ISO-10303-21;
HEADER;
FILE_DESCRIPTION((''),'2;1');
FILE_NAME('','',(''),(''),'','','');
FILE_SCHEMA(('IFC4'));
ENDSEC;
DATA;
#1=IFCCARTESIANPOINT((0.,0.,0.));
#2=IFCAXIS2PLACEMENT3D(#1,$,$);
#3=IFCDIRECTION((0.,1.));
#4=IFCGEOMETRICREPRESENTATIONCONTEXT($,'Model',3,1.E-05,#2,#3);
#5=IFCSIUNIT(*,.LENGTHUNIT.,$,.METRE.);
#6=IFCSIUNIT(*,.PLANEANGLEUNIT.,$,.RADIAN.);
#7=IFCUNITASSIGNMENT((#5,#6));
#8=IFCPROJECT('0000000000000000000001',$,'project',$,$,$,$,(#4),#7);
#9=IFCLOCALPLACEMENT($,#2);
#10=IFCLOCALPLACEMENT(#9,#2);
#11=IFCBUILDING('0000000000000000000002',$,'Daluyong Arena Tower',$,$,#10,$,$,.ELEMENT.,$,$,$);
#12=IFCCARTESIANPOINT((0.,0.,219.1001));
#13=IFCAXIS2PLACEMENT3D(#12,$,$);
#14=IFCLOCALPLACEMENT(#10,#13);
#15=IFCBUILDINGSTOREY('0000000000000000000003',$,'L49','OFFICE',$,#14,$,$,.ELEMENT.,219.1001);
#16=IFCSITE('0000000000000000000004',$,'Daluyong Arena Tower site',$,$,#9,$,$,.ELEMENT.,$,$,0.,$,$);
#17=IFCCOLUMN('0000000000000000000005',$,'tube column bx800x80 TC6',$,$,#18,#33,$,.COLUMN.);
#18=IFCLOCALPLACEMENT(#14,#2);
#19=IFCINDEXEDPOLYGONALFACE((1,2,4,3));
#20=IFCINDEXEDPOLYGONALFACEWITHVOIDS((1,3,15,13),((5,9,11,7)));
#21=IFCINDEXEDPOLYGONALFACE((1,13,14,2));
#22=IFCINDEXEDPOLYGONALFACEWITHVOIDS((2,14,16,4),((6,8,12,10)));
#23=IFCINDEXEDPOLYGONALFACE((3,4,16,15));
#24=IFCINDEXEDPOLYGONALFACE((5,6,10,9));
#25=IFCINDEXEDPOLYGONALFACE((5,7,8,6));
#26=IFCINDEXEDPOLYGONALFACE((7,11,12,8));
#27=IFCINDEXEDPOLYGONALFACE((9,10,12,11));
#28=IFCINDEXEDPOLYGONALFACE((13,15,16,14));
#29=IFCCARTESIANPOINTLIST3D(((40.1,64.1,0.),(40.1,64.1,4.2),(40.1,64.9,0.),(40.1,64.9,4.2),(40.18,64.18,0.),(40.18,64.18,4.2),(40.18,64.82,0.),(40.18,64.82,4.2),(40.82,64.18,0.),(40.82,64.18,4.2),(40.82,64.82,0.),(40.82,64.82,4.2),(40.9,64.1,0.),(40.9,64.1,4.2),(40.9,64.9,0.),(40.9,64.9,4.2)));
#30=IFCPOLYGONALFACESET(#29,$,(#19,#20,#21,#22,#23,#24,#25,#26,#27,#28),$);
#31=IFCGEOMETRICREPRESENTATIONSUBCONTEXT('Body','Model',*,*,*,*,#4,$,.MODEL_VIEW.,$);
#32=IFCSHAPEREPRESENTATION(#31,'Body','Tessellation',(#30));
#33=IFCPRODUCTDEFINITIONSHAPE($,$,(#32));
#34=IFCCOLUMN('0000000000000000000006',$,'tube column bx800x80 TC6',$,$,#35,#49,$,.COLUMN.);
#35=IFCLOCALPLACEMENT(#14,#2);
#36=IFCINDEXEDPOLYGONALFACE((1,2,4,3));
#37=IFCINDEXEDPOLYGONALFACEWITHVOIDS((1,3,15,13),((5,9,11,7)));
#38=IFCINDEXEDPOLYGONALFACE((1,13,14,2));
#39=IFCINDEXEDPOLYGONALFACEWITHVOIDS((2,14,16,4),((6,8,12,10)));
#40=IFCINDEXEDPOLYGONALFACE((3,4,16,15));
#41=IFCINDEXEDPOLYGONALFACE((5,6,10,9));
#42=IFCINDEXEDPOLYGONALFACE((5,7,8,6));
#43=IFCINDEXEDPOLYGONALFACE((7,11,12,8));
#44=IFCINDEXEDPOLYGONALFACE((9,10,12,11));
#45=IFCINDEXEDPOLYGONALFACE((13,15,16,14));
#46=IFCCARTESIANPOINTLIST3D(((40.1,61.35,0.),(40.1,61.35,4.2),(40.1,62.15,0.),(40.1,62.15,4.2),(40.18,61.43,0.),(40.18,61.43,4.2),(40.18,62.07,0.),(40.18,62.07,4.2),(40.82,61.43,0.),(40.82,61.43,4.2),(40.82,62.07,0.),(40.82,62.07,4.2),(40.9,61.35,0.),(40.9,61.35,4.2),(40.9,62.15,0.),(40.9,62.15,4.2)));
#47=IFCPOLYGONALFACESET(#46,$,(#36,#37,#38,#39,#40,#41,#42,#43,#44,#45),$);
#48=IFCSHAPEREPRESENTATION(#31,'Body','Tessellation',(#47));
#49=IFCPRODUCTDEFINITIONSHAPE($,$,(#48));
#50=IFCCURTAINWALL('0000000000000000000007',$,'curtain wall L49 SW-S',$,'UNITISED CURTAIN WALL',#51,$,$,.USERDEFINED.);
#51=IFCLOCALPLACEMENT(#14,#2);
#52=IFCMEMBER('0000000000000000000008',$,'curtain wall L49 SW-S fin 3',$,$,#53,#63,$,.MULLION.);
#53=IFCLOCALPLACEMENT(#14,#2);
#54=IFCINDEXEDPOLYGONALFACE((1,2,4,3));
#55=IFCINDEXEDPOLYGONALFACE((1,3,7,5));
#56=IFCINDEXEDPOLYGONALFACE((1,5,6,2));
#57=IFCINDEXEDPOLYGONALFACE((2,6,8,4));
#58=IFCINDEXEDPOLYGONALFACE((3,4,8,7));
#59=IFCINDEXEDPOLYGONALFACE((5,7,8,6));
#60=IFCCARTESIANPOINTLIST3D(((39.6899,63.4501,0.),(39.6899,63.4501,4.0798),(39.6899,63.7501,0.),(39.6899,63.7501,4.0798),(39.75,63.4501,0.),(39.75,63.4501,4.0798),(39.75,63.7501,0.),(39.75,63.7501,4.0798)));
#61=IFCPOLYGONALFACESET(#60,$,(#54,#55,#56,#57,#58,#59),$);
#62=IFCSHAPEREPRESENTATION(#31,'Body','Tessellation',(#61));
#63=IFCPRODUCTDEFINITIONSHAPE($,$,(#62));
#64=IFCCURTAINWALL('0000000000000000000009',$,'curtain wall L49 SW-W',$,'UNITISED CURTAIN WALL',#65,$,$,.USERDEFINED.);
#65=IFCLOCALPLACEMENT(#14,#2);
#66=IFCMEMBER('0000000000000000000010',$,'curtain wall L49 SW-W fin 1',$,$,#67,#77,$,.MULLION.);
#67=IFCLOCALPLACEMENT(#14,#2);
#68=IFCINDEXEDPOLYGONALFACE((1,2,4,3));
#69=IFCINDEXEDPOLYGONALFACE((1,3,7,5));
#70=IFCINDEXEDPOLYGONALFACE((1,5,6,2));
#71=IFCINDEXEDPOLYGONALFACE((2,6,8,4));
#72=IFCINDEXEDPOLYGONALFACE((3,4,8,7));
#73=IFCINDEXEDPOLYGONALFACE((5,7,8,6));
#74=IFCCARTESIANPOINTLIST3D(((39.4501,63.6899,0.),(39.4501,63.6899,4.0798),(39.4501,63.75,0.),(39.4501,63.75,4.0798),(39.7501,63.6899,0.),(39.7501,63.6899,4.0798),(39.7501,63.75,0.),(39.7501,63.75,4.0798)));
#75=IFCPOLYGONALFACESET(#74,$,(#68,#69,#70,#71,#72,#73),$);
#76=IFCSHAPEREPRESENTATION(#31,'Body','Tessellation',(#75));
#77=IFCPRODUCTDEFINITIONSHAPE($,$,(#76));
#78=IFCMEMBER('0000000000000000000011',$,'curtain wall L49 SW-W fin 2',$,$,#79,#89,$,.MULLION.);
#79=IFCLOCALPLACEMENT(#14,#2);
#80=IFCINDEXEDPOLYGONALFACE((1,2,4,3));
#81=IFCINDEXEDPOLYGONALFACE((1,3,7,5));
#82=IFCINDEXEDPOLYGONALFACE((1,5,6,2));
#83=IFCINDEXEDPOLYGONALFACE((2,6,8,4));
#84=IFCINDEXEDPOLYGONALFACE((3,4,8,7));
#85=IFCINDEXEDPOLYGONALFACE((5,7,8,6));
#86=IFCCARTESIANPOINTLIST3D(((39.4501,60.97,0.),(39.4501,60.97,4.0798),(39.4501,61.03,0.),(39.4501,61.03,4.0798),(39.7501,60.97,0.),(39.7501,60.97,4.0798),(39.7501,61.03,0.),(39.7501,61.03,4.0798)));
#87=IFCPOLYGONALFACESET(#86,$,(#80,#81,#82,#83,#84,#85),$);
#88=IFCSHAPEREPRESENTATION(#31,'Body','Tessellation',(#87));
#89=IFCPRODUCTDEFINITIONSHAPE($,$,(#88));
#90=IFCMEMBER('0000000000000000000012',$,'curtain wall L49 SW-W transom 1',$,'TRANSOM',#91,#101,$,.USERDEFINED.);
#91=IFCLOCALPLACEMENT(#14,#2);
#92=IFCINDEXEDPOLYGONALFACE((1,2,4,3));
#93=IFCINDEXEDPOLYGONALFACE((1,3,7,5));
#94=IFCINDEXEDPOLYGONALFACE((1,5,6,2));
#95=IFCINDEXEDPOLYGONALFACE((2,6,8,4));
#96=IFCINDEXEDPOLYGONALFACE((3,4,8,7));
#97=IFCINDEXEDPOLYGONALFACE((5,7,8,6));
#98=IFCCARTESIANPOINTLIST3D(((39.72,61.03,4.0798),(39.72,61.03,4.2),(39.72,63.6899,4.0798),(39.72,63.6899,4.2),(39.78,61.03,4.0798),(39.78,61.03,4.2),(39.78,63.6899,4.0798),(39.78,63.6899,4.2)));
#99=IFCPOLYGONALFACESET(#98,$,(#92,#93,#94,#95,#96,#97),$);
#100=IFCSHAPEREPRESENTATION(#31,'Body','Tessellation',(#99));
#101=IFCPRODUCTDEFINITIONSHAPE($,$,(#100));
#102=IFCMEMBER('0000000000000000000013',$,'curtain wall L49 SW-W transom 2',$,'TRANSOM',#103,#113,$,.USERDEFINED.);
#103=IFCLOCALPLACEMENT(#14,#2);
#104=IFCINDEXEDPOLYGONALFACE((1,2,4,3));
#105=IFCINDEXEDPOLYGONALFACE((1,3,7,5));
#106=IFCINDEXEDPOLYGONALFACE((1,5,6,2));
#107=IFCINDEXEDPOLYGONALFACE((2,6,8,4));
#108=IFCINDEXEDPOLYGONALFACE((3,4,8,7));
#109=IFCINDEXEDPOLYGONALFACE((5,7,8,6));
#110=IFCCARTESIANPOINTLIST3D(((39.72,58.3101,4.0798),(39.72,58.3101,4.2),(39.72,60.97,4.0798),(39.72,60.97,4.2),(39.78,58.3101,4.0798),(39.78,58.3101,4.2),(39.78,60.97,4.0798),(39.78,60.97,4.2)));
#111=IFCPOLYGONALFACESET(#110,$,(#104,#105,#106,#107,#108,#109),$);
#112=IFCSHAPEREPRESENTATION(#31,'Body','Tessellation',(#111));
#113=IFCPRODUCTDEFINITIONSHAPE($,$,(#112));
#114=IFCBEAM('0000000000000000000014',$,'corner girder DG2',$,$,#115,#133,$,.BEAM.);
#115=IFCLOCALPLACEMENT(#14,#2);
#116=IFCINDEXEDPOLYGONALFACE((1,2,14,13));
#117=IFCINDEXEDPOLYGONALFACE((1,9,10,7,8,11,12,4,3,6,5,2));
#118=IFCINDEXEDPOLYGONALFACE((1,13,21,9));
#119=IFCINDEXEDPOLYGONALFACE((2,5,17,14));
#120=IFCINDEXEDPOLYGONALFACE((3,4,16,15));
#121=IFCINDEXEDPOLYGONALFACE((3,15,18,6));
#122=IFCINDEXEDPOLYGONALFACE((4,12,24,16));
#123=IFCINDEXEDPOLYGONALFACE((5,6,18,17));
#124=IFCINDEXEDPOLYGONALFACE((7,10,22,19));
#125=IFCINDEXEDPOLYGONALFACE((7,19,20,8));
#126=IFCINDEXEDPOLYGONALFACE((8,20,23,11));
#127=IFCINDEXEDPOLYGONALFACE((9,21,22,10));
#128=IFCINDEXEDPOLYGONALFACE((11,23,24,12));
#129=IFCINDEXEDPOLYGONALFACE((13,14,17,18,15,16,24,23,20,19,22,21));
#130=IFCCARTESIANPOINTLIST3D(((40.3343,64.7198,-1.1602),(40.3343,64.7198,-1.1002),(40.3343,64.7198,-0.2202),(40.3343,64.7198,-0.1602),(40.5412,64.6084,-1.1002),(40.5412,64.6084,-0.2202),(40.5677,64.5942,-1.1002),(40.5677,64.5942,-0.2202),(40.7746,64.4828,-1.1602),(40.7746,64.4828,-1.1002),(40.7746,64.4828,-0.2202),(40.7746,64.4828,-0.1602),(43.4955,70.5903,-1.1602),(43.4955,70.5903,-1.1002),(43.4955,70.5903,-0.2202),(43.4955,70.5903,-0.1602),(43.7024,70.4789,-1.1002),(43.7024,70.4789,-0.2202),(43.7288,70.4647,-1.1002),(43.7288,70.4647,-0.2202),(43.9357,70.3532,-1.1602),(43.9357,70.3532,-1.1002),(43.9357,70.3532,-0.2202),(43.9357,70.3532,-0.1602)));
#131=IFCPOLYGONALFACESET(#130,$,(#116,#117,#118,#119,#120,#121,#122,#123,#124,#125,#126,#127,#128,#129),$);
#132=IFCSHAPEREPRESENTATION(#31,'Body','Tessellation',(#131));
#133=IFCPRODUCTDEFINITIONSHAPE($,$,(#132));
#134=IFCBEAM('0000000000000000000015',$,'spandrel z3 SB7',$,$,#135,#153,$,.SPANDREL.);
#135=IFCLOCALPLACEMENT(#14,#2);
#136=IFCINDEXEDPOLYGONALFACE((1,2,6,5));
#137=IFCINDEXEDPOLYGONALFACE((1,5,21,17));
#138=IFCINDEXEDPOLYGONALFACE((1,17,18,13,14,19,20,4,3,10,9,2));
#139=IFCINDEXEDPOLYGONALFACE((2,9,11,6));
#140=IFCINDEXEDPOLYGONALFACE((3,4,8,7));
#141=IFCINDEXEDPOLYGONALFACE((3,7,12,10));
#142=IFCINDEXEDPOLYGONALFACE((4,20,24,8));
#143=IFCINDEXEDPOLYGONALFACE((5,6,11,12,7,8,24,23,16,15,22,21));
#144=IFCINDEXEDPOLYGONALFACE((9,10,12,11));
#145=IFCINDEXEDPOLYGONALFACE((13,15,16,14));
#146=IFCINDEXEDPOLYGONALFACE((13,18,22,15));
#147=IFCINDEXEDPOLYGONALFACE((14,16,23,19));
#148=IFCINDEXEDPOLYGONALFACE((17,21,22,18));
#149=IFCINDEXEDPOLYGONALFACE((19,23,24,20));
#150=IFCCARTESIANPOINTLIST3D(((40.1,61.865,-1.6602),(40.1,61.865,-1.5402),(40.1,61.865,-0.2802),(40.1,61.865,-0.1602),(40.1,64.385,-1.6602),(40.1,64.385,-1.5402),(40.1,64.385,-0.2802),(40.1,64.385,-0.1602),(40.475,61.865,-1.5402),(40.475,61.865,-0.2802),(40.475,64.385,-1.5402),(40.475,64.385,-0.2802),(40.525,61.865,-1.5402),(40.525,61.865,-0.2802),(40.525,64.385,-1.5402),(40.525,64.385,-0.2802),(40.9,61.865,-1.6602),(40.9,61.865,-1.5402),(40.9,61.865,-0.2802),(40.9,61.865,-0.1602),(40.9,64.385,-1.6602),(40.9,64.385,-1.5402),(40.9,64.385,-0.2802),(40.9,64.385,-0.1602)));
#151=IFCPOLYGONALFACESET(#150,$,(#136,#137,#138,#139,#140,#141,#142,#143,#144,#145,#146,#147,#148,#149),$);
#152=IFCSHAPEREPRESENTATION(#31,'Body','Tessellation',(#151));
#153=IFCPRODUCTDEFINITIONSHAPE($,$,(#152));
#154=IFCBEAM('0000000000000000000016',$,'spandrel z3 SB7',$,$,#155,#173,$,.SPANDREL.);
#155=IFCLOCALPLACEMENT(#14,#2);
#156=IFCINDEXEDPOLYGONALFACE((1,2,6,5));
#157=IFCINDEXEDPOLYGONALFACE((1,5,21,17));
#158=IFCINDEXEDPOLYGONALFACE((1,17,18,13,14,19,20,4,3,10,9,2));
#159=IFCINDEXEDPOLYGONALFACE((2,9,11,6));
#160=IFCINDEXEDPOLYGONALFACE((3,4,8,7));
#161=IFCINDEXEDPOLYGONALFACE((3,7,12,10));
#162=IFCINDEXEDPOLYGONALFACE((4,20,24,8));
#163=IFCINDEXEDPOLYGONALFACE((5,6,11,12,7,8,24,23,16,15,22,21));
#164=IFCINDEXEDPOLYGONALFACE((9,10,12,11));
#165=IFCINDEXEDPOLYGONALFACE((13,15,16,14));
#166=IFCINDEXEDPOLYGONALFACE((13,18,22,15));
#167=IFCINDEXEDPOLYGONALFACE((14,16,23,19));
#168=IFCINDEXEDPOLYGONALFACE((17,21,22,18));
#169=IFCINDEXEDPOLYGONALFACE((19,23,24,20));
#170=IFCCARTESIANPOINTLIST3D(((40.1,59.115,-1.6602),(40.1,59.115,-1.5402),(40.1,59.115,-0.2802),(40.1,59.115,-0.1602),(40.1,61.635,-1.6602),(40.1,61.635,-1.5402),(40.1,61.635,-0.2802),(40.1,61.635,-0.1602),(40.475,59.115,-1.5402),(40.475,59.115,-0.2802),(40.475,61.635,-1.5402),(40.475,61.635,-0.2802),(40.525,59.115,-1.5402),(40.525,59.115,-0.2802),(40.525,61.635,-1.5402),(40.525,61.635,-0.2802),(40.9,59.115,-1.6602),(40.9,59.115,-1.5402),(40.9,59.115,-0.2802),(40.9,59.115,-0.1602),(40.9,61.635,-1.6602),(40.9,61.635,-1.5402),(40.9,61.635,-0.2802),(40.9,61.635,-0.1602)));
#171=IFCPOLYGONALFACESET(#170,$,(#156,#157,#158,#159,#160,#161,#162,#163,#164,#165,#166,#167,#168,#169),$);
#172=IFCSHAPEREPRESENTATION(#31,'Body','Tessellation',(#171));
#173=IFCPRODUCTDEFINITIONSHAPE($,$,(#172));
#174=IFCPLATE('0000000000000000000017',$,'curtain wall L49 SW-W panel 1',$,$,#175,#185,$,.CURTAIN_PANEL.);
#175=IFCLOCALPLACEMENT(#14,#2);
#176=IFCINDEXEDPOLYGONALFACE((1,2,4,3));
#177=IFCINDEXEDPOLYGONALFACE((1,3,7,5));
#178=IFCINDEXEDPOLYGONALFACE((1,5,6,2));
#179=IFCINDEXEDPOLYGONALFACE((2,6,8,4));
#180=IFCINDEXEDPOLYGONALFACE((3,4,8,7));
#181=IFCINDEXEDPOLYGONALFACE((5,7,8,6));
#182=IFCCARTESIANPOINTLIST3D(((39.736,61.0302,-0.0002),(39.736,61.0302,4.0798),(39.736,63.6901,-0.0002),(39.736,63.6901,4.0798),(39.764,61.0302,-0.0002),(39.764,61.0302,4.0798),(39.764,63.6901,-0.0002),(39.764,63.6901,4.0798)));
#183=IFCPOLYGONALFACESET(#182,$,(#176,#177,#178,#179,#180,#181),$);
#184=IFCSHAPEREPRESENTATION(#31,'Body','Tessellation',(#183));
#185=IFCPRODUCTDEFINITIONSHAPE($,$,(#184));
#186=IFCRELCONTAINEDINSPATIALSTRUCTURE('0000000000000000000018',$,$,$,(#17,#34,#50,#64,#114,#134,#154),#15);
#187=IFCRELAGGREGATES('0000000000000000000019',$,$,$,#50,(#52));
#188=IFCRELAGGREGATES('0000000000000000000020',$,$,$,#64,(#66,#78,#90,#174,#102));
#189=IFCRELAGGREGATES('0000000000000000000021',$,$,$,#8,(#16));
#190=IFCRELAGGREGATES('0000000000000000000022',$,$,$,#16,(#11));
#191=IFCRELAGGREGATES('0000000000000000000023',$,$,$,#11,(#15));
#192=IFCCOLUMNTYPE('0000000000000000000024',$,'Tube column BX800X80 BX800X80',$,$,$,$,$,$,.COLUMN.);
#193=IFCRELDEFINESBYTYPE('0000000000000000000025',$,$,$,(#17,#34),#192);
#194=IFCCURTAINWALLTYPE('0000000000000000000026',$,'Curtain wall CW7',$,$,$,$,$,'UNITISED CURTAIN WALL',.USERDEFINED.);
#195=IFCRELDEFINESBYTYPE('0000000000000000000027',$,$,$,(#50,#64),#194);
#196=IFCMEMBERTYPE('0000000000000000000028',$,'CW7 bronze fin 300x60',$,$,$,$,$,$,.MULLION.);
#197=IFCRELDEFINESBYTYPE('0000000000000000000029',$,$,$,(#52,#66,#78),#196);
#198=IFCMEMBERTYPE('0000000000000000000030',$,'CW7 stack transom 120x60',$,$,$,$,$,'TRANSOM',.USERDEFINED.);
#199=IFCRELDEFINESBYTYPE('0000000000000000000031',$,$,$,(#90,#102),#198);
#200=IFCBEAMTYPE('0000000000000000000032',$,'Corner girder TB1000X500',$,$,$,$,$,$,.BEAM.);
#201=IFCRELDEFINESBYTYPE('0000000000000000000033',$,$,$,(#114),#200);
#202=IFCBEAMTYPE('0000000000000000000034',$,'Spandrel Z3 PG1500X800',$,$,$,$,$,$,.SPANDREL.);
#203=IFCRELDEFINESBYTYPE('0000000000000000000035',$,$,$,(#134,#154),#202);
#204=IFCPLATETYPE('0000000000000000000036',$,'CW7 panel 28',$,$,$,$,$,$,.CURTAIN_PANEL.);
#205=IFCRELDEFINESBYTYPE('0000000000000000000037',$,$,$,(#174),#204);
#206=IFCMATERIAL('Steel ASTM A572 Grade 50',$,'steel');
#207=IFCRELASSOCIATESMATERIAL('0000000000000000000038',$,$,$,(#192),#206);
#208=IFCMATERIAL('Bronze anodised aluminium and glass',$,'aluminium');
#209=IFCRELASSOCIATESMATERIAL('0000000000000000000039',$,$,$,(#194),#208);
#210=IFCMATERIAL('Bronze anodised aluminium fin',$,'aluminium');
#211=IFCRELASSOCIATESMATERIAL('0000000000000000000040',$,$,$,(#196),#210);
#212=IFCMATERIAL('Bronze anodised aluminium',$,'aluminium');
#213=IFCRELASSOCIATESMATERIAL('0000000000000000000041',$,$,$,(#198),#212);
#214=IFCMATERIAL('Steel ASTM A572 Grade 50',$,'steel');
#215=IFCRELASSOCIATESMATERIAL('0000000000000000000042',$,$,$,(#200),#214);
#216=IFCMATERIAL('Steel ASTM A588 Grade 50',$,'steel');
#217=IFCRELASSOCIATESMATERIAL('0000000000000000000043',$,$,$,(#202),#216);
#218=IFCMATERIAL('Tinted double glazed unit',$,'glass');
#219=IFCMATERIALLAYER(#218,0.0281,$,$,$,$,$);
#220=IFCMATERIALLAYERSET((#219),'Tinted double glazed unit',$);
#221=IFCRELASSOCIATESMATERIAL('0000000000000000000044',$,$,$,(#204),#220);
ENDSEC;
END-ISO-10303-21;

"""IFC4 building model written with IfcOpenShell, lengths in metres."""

from ifc_helpers import new_model, si_unit, direction, frame, origin, origin_2d, place, context, subcontext, project, spatial, rectangle, hollow_rectangle, i_section, extrude, material, layer, layer_set, material_profile, profile_set, type_object, element, aggregate, save


model = new_model("IFC4")

# Units and contexts
model_context = context("Model", 3, precision=1e-05, world=origin(), true_north=direction((0.0, 1.0)))
body_context = subcontext(model_context, "Body", "Model", "MODEL_VIEW")
ifc_project = project(units=[si_unit("LENGTHUNIT", "METRE"), si_unit("PLANEANGLEUNIT", "RADIAN")], contexts=[model_context])

# Site, building, storey
site_placement = place(None, origin())
site = spatial("IfcSite", under=ifc_project, at=site_placement, Name="Daluyong Arena Tower site", CompositionType="ELEMENT", RefElevation=0.0)
building_placement = place(site_placement, origin())
building = spatial("IfcBuilding", under=site, at=building_placement, Name="Daluyong Arena Tower", CompositionType="ELEMENT")
storey_placement = place(building_placement, frame((0.0, 0.0, 219.1001)))
storey = spatial("IfcBuildingStorey", under=building, at=storey_placement, Name="L49", Description="OFFICE", CompositionType="ELEMENT", Elevation=219.1001)

# Columns
ifc_material_1 = material(Name="Steel ASTM A572 Grade 50", Category="steel")
ifc_material_profile_1 = material_profile(ifc_material_1, hollow_rectangle(XDim=0.8, YDim=0.8, WallThickness=0.08, at=origin_2d()))
ifc_profile_set_1 = profile_set([ifc_material_profile_1], Name="Steel ASTM A572 Grade 50")
column_type = type_object("IfcColumnType", Name="Tube column BX800X80 BX800X80", PredefinedType="COLUMN", material=ifc_profile_set_1)
for number, where, z_axis, x_axis, name in (
    (1, (40.5, 64.5, 0.0), (0.0, 0.0, 1.0), (0.0, 1.0, 0.0), "tube column bx800x80 TC6"),
    (2, (40.5, 61.75, 0.0), (0.0, 0.0, 1.0), (0.0, 1.0, 0.0), "tube column bx800x80 TC6"),
):
    element("IfcColumn", number, at=place(storey_placement, frame(where, z_axis=z_axis, x_axis=x_axis)), inside=storey, type_object=column_type, Name=name, PredefinedType="COLUMN", context=body_context, shape_type="SweptSolid", body=[
        extrude(hollow_rectangle(XDim=0.8, YDim=0.8, WallThickness=0.08, at=origin_2d()), origin(), (0.0, 0.0, 1.0), 4.2),
    ])

# Curtain wall, member
ifc_material_2 = material(Name="Bronze anodised aluminium and glass", Category="aluminium")
curtain_wall_type = type_object("IfcCurtainWallType", Name="Curtain wall CW7", ElementType="UNITISED CURTAIN WALL", PredefinedType="USERDEFINED", material=ifc_material_2)
curtain_wall_1_placement = place(storey_placement, origin())
curtain_wall_1 = element("IfcCurtainWall", 3, at=curtain_wall_1_placement, inside=storey, type_object=curtain_wall_type, Name="curtain wall L49 SW-S", ObjectType="UNITISED CURTAIN WALL", PredefinedType="USERDEFINED")
ifc_material_3 = material(Name="Bronze anodised aluminium fin", Category="aluminium")
ifc_material_profile_2 = material_profile(ifc_material_3, rectangle(XDim=0.3, YDim=0.0601, at=origin_2d()))
ifc_profile_set_2 = profile_set([ifc_material_profile_2], Name="Bronze anodised aluminium fin")
member_type_1 = type_object("IfcMemberType", Name="CW7 bronze fin 300x60", PredefinedType="MULLION", material=ifc_profile_set_2)
member_1_placement = place(storey_placement, frame((39.72, 63.6001, 0.0), z_axis=(0.0, 0.0, 1.0), x_axis=(0.0, 1.0, 0.0)))
member_1 = element("IfcMember", 4, at=member_1_placement, type_object=member_type_1, Name="curtain wall L49 SW-S fin 3", PredefinedType="MULLION", context=body_context, shape_type="SweptSolid", body=[
    extrude(rectangle(XDim=0.3, YDim=0.0601, at=origin_2d()), origin(), (0.0, 0.0, 1.0), 4.0798),
])
aggregate(curtain_wall_1, [member_1])

# Curtain wall, members
curtain_wall_2_placement = place(storey_placement, origin())
curtain_wall_2 = element("IfcCurtainWall", 5, at=curtain_wall_2_placement, inside=storey, type_object=curtain_wall_type, Name="curtain wall L49 SW-W", ObjectType="UNITISED CURTAIN WALL", PredefinedType="USERDEFINED")
member_2_placement = place(storey_placement, frame((39.6001, 63.72, 0.0), z_axis=(0.0, 0.0, 1.0), x_axis=(1.0, 0.0, 0.0)))
member_2 = element("IfcMember", 6, at=member_2_placement, type_object=member_type_1, Name="curtain wall L49 SW-W fin 1", PredefinedType="MULLION", context=body_context, shape_type="SweptSolid", body=[
    extrude(rectangle(XDim=0.3, YDim=0.0601, at=origin_2d()), origin(), (0.0, 0.0, 1.0), 4.0798),
])
member_3_placement = place(storey_placement, frame((39.6001, 61.0, 0.0), z_axis=(0.0, 0.0, 1.0), x_axis=(1.0, 0.0, 0.0)))
member_3 = element("IfcMember", 7, at=member_3_placement, type_object=member_type_1, Name="curtain wall L49 SW-W fin 2", PredefinedType="MULLION", context=body_context, shape_type="SweptSolid", body=[
    extrude(rectangle(XDim=0.3, YDim=0.0601, at=origin_2d()), origin(), (0.0, 0.0, 1.0), 4.0798),
])
ifc_material_4 = material(Name="Bronze anodised aluminium", Category="aluminium")
ifc_material_profile_3 = material_profile(ifc_material_4, rectangle(XDim=0.0601, YDim=0.1201, at=origin_2d()))
ifc_profile_set_3 = profile_set([ifc_material_profile_3], Name="Bronze anodised aluminium")
member_type_2 = type_object("IfcMemberType", Name="CW7 stack transom 120x60", ElementType="TRANSOM", PredefinedType="USERDEFINED", material=ifc_profile_set_3)
member_4_placement = place(storey_placement, frame((39.75, 63.6899, 4.1399), z_axis=(0.0, -1.0, 0.0), x_axis=(1.0, 0.0, 0.0)))
member_4 = element("IfcMember", 8, at=member_4_placement, type_object=member_type_2, Name="curtain wall L49 SW-W transom 1", ObjectType="TRANSOM", PredefinedType="USERDEFINED", context=body_context, shape_type="SweptSolid", body=[
    extrude(rectangle(XDim=0.0601, YDim=0.1201, at=origin_2d()), origin(), (0.0, 0.0, 1.0), 2.6599),
])
member_5_placement = place(storey_placement, frame((39.75, 60.97, 4.1399), z_axis=(0.0, -1.0, 0.0), x_axis=(1.0, 0.0, 0.0)))
member_5 = element("IfcMember", 9, at=member_5_placement, type_object=member_type_2, Name="curtain wall L49 SW-W transom 2", ObjectType="TRANSOM", PredefinedType="USERDEFINED", context=body_context, shape_type="SweptSolid", body=[
    extrude(rectangle(XDim=0.0601, YDim=0.1201, at=origin_2d()), origin(), (0.0, 0.0, 1.0), 2.6599),
])

# Beams
ifc_material_5 = material(Name="Steel ASTM A572 Grade 50", Category="steel")
ifc_material_profile_4 = material_profile(ifc_material_5, i_section(OverallWidth=0.5, OverallDepth=1.0, WebThickness=0.03, FlangeThickness=0.06, at=origin_2d()))
ifc_profile_set_4 = profile_set([ifc_material_profile_4], Name="Steel ASTM A572 Grade 50")
beam_type_1 = type_object("IfcBeamType", Name="Corner girder TB1000X500", PredefinedType="BEAM", material=ifc_profile_set_4)
beam_placement = place(storey_placement, frame((40.5544, 64.6013, -0.6602), z_axis=(0.474119, 0.880461, 0.0), x_axis=(-0.880461, 0.474119, 0.0)))
element("IfcBeam", 10, at=beam_placement, inside=storey, type_object=beam_type_1, Name="corner girder DG2", PredefinedType="BEAM", context=body_context, shape_type="SweptSolid", body=[
    extrude(i_section(OverallWidth=0.5, OverallDepth=1.0, WebThickness=0.03, FlangeThickness=0.06, at=origin_2d()), origin(), (0.0, 0.0, 1.0), 6.6675),
])
ifc_material_6 = material(Name="Steel ASTM A588 Grade 50", Category="steel")
ifc_material_profile_5 = material_profile(ifc_material_6, i_section(OverallWidth=0.8, OverallDepth=1.5, WebThickness=0.05, FlangeThickness=0.12, at=origin_2d()))
ifc_profile_set_5 = profile_set([ifc_material_profile_5], Name="Steel ASTM A588 Grade 50")
beam_type_2 = type_object("IfcBeamType", Name="Spandrel Z3 PG1500X800", PredefinedType="SPANDREL", material=ifc_profile_set_5)
for number, where, z_axis, x_axis, name in (
    (11, (40.5, 64.385, -0.9102), (0.0, -1.0, 0.0), (1.0, 0.0, 0.0), "spandrel z3 SB7"),
    (12, (40.5, 61.635, -0.9102), (0.0, -1.0, 0.0), (1.0, 0.0, 0.0), "spandrel z3 SB7"),
):
    element("IfcBeam", number, at=place(storey_placement, frame(where, z_axis=z_axis, x_axis=x_axis)), inside=storey, type_object=beam_type_2, Name=name, PredefinedType="SPANDREL", context=body_context, shape_type="SweptSolid", body=[
        extrude(i_section(OverallWidth=0.8, OverallDepth=1.5, WebThickness=0.05, FlangeThickness=0.12, at=origin_2d()), origin(), (0.0, 0.0, 1.0), 2.52),
    ])

# Plate
ifc_material_7 = material(Name="Tinted double glazed unit", Category="glass")
ifc_layer_1 = layer(ifc_material_7, 0.0281)
ifc_layer_set_1 = layer_set([ifc_layer_1], Name="Tinted double glazed unit")
plate_type = type_object("IfcPlateType", Name="CW7 panel 28", PredefinedType="CURTAIN_PANEL", material=ifc_layer_set_1)
plate_1_placement = place(storey_placement, frame((39.75, 62.3601, -0.0002), z_axis=(0.0, 0.0, 1.0), x_axis=(0.0, -1.0, 0.0)))
plate_1 = element("IfcPlate", 13, at=plate_1_placement, type_object=plate_type, Name="curtain wall L49 SW-W panel 1", PredefinedType="CURTAIN_PANEL", context=body_context, shape_type="SweptSolid", body=[
    extrude(rectangle(XDim=2.6599, YDim=0.0281, at=origin_2d()), origin(), (0.0, 0.0, 1.0), 4.0801),
])
aggregate(curtain_wall_2, [member_2, member_3, member_4, plate_1, member_5])

save(model, "model.ifc")
